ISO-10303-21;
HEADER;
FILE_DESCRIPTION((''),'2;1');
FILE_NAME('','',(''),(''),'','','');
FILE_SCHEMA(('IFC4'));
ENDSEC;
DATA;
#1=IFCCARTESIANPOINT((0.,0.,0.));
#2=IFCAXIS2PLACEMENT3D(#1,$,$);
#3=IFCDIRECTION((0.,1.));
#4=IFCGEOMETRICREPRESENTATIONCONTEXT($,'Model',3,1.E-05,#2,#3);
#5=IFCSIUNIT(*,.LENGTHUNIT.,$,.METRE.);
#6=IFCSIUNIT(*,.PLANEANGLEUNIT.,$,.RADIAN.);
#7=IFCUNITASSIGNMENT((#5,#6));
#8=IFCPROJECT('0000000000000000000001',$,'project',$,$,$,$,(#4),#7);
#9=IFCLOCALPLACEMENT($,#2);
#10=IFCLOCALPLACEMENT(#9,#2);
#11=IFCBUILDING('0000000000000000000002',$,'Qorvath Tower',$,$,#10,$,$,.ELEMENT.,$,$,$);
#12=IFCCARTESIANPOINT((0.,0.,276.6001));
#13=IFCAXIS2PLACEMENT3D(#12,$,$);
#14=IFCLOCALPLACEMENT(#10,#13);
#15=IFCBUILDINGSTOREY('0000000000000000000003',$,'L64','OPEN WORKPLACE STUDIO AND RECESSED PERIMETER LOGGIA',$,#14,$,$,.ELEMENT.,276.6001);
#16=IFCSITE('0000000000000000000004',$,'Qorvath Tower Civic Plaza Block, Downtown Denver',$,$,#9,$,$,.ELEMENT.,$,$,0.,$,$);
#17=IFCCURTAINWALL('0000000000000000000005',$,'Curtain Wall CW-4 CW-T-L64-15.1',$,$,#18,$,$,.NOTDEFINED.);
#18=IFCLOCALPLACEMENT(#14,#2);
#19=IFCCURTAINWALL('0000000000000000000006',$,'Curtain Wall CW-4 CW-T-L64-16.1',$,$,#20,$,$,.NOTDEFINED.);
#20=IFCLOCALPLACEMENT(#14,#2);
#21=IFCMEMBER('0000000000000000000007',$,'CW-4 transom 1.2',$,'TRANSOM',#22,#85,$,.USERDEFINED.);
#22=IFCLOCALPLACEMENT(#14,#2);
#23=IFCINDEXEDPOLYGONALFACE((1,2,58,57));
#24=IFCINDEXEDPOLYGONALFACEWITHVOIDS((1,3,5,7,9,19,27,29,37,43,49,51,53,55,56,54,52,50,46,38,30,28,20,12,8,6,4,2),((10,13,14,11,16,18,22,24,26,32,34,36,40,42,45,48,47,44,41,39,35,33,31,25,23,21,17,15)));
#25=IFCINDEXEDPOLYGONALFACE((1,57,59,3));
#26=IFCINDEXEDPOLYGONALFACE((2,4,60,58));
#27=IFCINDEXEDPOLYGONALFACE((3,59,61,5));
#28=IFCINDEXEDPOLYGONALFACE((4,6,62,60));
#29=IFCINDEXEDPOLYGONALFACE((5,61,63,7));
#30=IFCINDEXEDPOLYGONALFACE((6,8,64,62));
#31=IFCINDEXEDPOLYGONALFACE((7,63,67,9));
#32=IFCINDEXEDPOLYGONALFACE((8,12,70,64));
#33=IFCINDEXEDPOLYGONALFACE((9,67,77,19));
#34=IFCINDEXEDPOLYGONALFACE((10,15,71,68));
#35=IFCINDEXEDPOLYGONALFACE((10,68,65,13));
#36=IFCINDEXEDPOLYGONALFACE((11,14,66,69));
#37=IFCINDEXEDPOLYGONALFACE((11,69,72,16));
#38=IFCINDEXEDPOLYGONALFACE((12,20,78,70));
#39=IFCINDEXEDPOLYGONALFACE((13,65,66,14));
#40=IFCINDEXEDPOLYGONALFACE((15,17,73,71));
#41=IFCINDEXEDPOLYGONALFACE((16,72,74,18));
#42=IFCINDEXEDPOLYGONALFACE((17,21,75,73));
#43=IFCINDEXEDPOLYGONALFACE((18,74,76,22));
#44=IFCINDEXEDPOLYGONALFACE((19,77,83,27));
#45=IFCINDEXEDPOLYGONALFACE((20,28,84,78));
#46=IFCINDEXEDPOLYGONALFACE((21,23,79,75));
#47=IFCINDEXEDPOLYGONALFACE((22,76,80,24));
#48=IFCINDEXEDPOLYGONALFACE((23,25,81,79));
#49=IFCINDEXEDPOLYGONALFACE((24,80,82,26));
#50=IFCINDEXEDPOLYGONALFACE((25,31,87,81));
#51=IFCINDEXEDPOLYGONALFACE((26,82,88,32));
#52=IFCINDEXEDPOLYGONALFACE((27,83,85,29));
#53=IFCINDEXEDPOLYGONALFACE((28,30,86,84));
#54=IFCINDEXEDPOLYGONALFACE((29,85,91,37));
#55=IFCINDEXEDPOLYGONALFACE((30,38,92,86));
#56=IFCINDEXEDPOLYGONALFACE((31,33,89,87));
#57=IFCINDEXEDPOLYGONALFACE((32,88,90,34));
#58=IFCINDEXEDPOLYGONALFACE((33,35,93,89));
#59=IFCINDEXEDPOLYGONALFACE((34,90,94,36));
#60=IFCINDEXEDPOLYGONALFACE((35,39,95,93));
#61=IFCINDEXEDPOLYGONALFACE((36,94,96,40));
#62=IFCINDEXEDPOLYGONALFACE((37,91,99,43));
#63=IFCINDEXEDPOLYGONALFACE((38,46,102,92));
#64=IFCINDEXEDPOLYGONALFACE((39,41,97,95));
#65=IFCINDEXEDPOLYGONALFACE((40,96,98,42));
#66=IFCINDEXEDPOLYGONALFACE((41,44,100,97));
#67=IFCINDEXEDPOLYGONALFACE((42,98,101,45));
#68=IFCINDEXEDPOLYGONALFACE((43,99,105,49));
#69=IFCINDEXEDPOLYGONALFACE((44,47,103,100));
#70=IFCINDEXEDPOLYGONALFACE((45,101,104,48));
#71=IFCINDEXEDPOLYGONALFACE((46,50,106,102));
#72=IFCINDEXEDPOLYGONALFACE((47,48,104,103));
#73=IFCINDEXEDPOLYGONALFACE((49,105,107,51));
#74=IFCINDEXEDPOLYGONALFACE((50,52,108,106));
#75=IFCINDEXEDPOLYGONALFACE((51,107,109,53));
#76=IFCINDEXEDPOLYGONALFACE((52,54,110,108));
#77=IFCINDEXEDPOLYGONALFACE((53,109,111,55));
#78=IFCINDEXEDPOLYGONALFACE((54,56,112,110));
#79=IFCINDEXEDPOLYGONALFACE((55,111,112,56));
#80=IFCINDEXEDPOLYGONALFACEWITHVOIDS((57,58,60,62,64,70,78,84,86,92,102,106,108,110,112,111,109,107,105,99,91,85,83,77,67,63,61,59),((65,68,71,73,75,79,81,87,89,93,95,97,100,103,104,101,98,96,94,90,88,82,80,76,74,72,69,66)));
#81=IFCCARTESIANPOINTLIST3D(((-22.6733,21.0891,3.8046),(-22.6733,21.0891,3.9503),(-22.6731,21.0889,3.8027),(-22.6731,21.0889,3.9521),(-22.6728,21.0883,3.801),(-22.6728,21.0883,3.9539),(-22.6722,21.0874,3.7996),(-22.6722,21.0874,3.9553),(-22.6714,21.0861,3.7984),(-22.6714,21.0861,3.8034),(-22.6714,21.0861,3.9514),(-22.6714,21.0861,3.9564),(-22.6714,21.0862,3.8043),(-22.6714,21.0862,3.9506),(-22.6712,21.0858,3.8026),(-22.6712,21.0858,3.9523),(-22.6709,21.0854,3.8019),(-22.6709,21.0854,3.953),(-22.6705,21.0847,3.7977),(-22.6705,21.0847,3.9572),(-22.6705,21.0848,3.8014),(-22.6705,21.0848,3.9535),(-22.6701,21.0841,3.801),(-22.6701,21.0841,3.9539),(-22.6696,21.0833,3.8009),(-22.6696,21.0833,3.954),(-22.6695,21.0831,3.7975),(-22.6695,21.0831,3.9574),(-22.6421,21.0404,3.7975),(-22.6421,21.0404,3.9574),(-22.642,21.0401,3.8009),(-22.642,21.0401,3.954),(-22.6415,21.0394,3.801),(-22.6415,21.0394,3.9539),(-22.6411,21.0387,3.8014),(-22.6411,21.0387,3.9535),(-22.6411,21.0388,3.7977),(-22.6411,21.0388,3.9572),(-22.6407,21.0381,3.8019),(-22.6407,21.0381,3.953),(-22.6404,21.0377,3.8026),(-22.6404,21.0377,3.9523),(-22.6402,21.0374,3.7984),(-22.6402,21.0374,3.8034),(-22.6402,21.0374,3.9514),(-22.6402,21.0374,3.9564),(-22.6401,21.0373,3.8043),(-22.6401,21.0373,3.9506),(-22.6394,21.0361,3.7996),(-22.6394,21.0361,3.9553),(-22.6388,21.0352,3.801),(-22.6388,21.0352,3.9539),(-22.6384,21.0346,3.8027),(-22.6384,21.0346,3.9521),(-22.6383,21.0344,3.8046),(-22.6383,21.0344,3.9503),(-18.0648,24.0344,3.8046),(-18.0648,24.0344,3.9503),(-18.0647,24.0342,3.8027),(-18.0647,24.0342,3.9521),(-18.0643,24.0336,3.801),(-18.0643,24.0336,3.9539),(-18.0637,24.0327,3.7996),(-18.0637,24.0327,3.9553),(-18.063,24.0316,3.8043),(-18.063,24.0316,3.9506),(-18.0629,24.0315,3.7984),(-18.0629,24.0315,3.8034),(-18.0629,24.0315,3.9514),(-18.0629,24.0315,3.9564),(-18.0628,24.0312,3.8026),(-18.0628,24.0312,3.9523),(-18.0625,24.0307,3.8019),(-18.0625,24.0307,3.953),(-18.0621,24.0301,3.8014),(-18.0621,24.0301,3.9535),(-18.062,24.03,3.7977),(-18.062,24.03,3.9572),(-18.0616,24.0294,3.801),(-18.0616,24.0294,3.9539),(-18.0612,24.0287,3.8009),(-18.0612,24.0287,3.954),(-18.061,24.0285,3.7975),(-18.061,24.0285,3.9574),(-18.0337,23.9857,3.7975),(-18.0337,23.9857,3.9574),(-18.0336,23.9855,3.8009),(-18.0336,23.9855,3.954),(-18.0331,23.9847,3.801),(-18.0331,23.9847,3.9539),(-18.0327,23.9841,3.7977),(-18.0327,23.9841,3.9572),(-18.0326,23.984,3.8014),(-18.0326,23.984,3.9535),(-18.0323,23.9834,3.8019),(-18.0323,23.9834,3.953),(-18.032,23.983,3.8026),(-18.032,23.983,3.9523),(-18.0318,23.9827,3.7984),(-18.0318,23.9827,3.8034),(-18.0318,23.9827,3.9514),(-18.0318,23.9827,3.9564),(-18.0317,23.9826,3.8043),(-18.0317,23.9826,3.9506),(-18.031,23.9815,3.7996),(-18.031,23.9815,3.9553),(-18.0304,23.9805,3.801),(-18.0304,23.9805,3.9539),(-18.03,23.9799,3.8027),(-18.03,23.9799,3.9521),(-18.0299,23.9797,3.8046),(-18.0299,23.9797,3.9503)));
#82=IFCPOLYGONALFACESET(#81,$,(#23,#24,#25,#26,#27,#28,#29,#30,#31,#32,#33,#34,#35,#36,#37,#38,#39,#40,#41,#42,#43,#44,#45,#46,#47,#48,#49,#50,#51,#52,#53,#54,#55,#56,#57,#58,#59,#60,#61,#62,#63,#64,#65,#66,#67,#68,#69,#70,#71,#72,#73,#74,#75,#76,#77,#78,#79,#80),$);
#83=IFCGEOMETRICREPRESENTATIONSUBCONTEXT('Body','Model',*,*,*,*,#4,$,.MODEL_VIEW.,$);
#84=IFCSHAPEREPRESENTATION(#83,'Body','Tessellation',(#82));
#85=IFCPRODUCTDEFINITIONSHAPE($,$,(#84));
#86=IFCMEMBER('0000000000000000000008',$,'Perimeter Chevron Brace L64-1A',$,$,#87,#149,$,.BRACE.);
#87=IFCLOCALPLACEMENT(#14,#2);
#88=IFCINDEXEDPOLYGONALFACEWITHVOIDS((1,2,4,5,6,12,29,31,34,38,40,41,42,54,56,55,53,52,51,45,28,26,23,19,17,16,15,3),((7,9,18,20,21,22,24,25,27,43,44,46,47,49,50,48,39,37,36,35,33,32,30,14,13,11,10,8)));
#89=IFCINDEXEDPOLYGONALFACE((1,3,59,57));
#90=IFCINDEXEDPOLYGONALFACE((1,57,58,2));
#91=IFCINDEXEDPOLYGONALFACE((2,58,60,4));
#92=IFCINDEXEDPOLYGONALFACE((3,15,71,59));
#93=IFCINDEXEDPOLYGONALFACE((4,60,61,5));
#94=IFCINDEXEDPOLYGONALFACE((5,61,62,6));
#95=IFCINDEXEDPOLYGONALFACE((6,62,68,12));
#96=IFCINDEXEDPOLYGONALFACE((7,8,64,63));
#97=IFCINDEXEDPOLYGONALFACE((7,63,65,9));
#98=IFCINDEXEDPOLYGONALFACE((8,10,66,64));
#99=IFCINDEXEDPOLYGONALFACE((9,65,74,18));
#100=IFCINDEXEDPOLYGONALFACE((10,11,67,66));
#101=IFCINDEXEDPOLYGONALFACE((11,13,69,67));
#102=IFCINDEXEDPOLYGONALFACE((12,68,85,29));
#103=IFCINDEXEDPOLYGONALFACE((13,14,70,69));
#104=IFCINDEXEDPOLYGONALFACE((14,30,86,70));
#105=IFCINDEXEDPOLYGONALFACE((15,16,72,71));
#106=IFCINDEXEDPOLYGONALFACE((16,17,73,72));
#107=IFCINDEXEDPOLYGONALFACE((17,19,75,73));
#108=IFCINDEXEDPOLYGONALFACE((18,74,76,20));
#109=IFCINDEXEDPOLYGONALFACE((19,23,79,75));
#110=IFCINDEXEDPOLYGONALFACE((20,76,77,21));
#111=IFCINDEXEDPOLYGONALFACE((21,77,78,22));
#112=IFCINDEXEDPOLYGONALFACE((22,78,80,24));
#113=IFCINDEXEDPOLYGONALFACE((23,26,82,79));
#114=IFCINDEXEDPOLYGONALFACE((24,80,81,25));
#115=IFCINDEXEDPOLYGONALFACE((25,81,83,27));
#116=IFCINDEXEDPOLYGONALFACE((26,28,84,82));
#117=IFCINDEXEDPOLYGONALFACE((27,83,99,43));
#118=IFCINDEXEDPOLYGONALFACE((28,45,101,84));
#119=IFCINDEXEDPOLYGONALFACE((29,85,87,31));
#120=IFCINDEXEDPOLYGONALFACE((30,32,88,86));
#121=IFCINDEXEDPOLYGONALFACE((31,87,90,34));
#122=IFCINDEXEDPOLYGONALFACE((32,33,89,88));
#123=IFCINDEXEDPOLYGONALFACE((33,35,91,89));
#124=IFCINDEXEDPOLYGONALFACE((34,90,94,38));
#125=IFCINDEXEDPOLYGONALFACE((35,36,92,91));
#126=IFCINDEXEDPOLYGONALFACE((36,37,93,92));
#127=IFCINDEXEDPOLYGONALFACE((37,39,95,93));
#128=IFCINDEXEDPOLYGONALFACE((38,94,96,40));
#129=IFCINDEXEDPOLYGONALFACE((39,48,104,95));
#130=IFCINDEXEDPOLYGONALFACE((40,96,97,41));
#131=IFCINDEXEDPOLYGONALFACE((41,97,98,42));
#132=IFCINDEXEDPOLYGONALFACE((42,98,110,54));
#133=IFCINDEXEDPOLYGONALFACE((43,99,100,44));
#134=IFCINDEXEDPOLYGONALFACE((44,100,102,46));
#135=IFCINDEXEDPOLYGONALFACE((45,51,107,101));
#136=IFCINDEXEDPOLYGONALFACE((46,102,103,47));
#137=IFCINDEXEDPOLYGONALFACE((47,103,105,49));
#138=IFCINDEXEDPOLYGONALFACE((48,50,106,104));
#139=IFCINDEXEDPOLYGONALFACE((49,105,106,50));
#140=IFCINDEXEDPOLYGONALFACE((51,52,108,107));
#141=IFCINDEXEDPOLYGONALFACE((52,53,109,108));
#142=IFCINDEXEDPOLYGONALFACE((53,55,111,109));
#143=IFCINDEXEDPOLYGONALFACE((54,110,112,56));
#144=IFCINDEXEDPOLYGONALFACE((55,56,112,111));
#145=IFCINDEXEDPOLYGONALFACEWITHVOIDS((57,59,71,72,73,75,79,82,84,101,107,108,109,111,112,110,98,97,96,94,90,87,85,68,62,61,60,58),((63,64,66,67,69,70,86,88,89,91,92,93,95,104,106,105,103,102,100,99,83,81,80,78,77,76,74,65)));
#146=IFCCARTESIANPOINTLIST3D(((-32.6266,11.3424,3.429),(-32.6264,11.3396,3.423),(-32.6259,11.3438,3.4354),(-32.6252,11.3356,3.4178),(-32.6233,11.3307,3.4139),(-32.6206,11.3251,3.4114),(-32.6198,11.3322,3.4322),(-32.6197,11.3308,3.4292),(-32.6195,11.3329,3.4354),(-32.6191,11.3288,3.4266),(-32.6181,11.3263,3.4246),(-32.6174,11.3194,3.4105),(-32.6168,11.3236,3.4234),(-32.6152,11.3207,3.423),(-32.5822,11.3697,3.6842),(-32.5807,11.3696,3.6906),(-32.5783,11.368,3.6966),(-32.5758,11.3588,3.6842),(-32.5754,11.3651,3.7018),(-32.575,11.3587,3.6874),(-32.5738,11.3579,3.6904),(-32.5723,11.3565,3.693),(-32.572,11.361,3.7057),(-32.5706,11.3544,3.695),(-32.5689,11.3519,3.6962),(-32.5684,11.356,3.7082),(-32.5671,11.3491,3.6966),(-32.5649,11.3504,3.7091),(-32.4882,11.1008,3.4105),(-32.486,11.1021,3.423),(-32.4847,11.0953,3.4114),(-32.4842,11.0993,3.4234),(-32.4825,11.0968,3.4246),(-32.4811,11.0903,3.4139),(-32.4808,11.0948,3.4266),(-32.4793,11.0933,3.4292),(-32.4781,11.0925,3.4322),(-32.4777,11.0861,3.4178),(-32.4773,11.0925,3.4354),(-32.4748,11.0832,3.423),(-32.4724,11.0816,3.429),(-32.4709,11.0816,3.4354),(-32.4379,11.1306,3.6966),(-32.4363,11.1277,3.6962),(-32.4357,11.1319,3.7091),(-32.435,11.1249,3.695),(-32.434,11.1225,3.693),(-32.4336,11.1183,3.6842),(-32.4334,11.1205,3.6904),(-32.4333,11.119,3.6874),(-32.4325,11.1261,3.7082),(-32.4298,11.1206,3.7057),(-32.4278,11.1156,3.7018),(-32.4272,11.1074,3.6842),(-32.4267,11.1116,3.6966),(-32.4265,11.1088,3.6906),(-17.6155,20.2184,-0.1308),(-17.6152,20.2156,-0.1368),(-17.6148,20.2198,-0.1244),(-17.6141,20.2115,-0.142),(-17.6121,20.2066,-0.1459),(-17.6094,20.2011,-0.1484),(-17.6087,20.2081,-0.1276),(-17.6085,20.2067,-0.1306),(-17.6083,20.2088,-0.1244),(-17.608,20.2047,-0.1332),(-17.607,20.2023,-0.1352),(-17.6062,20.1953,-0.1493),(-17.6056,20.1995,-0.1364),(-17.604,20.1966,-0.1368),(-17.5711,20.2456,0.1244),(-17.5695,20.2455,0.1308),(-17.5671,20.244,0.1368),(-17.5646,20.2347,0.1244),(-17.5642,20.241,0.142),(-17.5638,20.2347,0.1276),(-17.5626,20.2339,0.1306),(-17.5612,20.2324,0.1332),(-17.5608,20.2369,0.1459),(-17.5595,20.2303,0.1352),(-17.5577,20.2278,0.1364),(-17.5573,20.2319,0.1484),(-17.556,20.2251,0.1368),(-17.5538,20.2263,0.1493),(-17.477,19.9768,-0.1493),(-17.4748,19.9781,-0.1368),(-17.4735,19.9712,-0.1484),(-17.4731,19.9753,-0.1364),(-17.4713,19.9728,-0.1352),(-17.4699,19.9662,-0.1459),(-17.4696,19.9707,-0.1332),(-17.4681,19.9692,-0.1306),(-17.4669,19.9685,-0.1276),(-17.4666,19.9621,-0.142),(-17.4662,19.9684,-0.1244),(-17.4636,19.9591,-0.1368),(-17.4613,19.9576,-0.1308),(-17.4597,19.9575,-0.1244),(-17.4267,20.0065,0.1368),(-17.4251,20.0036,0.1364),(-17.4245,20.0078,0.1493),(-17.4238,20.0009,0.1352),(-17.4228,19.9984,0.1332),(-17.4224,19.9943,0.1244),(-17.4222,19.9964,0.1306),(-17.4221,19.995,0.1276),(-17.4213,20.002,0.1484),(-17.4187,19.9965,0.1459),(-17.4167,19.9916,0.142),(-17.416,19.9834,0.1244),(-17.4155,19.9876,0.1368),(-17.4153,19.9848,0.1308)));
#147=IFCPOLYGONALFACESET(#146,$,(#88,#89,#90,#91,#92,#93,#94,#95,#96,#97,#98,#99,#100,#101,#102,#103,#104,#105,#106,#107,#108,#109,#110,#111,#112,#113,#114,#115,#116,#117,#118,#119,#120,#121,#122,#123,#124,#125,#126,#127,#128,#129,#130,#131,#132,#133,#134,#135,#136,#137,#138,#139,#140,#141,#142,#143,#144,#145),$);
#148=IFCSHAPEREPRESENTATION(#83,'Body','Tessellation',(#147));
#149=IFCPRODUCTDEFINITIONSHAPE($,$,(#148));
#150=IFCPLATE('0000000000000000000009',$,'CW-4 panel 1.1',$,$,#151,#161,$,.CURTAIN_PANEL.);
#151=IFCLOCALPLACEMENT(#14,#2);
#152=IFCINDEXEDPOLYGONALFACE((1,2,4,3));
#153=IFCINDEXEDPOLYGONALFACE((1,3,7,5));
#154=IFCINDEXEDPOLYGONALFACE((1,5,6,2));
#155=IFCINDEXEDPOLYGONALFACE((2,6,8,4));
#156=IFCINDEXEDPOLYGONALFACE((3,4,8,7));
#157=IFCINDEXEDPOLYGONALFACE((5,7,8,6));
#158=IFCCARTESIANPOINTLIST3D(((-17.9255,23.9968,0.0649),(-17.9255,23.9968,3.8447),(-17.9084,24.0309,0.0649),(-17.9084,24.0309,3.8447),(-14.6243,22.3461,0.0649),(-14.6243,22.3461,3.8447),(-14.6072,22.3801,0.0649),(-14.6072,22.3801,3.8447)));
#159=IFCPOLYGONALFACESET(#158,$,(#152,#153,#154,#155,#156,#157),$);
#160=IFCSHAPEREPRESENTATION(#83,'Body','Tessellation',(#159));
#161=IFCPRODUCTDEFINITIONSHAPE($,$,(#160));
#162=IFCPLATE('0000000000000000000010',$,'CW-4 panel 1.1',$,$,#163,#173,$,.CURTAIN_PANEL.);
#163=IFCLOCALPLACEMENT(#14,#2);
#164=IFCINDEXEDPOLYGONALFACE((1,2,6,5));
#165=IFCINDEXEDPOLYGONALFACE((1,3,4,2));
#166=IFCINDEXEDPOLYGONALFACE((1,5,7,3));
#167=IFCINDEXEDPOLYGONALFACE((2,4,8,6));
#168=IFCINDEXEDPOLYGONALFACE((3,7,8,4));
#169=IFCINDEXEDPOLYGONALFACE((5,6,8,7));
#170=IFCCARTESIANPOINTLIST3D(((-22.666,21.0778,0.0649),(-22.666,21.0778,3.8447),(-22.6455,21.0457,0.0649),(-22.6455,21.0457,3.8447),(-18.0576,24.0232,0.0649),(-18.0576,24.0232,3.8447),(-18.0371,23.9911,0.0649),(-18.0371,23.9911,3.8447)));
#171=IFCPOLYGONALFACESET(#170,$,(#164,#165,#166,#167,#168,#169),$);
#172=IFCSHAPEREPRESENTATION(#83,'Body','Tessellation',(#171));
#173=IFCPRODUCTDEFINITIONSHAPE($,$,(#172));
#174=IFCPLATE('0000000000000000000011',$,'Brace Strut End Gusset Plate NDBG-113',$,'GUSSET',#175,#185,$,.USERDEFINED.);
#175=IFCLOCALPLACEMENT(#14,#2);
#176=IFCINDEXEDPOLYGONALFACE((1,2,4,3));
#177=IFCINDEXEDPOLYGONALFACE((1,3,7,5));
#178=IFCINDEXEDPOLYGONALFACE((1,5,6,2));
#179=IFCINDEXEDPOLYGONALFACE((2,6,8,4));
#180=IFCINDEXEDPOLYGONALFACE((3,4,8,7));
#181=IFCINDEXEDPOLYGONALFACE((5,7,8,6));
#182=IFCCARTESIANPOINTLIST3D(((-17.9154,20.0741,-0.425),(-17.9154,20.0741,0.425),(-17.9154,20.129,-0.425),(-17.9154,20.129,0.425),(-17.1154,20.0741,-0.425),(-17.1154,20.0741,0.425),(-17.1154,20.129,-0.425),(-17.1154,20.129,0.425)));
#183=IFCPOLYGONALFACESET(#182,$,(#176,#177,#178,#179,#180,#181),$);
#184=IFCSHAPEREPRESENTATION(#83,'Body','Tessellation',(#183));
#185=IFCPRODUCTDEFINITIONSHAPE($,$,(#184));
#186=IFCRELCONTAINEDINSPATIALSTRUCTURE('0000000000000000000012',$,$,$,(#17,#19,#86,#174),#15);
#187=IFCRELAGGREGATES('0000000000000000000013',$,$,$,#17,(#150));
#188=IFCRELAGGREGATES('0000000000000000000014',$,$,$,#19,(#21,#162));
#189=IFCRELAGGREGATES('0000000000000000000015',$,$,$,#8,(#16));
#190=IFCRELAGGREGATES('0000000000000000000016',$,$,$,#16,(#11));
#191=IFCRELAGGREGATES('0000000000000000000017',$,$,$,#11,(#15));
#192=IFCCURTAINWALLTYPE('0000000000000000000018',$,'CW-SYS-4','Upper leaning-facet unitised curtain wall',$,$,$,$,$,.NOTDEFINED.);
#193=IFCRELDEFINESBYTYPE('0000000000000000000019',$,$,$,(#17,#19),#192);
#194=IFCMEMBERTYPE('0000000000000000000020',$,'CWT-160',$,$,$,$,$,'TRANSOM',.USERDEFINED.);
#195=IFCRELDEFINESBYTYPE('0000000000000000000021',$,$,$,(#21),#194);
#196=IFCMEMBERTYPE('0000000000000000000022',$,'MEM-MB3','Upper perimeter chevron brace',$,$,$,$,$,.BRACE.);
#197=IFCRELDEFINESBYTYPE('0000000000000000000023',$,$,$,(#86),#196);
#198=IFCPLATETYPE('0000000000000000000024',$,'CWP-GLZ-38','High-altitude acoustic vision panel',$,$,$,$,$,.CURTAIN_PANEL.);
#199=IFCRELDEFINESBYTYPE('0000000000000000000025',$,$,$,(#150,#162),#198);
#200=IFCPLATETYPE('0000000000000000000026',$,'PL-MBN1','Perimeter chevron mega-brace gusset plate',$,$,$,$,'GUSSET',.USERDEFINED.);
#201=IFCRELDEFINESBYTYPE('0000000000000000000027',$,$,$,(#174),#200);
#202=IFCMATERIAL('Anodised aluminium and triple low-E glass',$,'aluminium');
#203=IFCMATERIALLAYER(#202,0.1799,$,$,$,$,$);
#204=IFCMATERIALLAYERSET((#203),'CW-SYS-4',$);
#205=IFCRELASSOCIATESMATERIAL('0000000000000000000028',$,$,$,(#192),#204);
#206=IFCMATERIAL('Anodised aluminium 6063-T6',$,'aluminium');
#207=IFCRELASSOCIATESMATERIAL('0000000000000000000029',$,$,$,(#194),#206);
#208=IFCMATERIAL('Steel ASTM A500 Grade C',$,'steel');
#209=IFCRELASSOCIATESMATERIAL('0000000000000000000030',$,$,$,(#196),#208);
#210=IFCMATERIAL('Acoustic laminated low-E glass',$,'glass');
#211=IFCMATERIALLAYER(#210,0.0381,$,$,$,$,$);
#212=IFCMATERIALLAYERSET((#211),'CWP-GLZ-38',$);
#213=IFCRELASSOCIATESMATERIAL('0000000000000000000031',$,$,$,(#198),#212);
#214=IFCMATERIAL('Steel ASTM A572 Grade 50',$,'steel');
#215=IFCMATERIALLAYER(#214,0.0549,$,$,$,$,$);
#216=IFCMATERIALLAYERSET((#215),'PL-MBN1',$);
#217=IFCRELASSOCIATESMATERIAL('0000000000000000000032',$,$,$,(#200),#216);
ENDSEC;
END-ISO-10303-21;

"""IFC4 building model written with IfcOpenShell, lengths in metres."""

from ifc_helpers import new_model, si_unit, direction, frame, origin, origin_2d, place, context, subcontext, project, spatial, rectangle, hollow_rectangle, extrude, material, layer, layer_set, material_profile, profile_set, type_object, element, aggregate, save


model = new_model("IFC4")

# Units and contexts
model_context = context("Model", 3, precision=1e-05, world=origin(), true_north=direction((0.0, 1.0)))
body_context = subcontext(model_context, "Body", "Model", "MODEL_VIEW")
ifc_project = project(units=[si_unit("LENGTHUNIT", "METRE"), si_unit("PLANEANGLEUNIT", "RADIAN")], contexts=[model_context])

# Site, building, storey
site_placement = place(None, origin())
site = spatial("IfcSite", under=ifc_project, at=site_placement, Name="Qorvath Tower Civic Plaza Block, Downtown Denver", CompositionType="ELEMENT", RefElevation=0.0)
building_placement = place(site_placement, origin())
building = spatial("IfcBuilding", under=site, at=building_placement, Name="Qorvath Tower", CompositionType="ELEMENT")
storey_placement = place(building_placement, frame((0.0, 0.0, 276.6001)))
storey = spatial("IfcBuildingStorey", under=building, at=storey_placement, Name="L64", Description="OPEN WORKPLACE STUDIO AND RECESSED PERIMETER LOGGIA", CompositionType="ELEMENT", Elevation=276.6001)

# Shared definitions
ifc_material_1 = material(Name="Anodised aluminium and triple low-E glass", Category="aluminium")
ifc_layer_1 = layer(ifc_material_1, 0.1799)
ifc_layer_set_1 = layer_set([ifc_layer_1], Name="CW-SYS-4")
curtain_wall_type = type_object("IfcCurtainWallType", Name="CW-SYS-4", Description="Upper leaning-facet unitised curtain wall", PredefinedType="NOTDEFINED", material=ifc_layer_set_1)

# Curtain wall
curtain_wall_1_placement = place(storey_placement, origin())
curtain_wall_1 = element("IfcCurtainWall", 1, at=curtain_wall_1_placement, inside=storey, type_object=curtain_wall_type, Name="Curtain Wall CW-4 CW-T-L64-15.1", PredefinedType="NOTDEFINED")

# Curtain wall
curtain_wall_2_placement = place(storey_placement, origin())
curtain_wall_2 = element("IfcCurtainWall", 2, at=curtain_wall_2_placement, inside=storey, type_object=curtain_wall_type, Name="Curtain Wall CW-4 CW-T-L64-16.1", PredefinedType="NOTDEFINED")

# Members
ifc_material_2 = material(Name="Anodised aluminium 6063-T6", Category="aluminium")
ifc_material_profile_1 = material_profile(ifc_material_2, hollow_rectangle(XDim=0.0649, YDim=0.1599, WallThickness=0.0034, InnerFilletRadius=0.0034, OuterFilletRadius=0.0071, at=origin_2d()), Name="CWT 160x65")
ifc_profile_set_1 = profile_set([ifc_material_profile_1], Name="Anodised aluminium 6063-T6")
member_type_1 = type_object("IfcMemberType", Name="CWT-160", ElementType="TRANSOM", PredefinedType="USERDEFINED", material=ifc_profile_set_1)
member_1_placement = place(storey_placement, frame((-18.0474, 24.0071, 3.8774), z_axis=(-0.842608, -0.538527, 0.0), x_axis=(0.538527, -0.842608, 0.0)))
member_1 = element("IfcMember", 3, at=member_1_placement, type_object=member_type_1, Name="CW-4 transom 1.2", ObjectType="TRANSOM", PredefinedType="USERDEFINED", context=body_context, shape_type="SweptSolid", body=[
    extrude(hollow_rectangle(XDim=0.0649, YDim=0.1599, WallThickness=0.0034, InnerFilletRadius=0.0034, OuterFilletRadius=0.0071, at=origin_2d()), origin(), (0.0, 0.0, 1.0), 5.4692),
])
ifc_material_3 = material(Name="Steel ASTM A500 Grade C", Category="steel")
ifc_material_profile_2 = material_profile(ifc_material_3, hollow_rectangle(XDim=0.3047, YDim=0.3047, WallThickness=0.0127, InnerFilletRadius=0.0127, OuterFilletRadius=0.0254, at=origin_2d()), Name="HSS 305x305x12.7")
ifc_profile_set_2 = profile_set([ifc_material_profile_2], Name="Steel ASTM A500 Grade C")
member_type_2 = type_object("IfcMemberType", Name="MEM-MB3", Description="Upper perimeter chevron brace", PredefinedType="BRACE", material=ifc_profile_set_2)
member_2_placement = place(storey_placement, frame((-17.5154, 20.1016, 0.0), z_axis=(-0.843391, -0.498688, 0.200005), x_axis=(0.508972, -0.860783, 0.0)))
element("IfcMember", 4, at=member_2_placement, inside=storey, type_object=member_type_2, Name="Perimeter Chevron Brace L64-1A", PredefinedType="BRACE", context=body_context, shape_type="SweptSolid", body=[
    extrude(hollow_rectangle(XDim=0.3047, YDim=0.3047, WallThickness=0.0127, InnerFilletRadius=0.0127, OuterFilletRadius=0.0254, at=origin_2d()), origin(), (0.0, 0.0, 1.0), 17.7986),
])

# Plates
ifc_material_4 = material(Name="Acoustic laminated low-E glass", Category="glass")
ifc_layer_2 = layer(ifc_material_4, 0.0381)
ifc_layer_set_2 = layer_set([ifc_layer_2], Name="CWP-GLZ-38")
plate_type_1 = type_object("IfcPlateType", Name="CWP-GLZ-38", Description="High-altitude acoustic vision panel", PredefinedType="CURTAIN_PANEL", material=ifc_layer_set_2)
plate_1_placement = place(storey_placement, frame((-16.2664, 23.1885, 0.0649), z_axis=(0.0, 0.0, 1.0), x_axis=(-0.894412, 0.447245, 0.0)))
plate_1 = element("IfcPlate", 5, at=plate_1_placement, type_object=plate_type_1, Name="CW-4 panel 1.1", PredefinedType="CURTAIN_PANEL", context=body_context, shape_type="SweptSolid", body=[
    extrude(rectangle(XDim=3.6909, YDim=0.0381, at=origin_2d()), origin(), (0.0, 0.0, 1.0), 3.7798),
])
aggregate(curtain_wall_1, [plate_1])
plate_2_placement = place(storey_placement, frame((-20.3516, 22.5344, 0.0649), z_axis=(0.0, 0.0, 1.0), x_axis=(-0.842604, -0.538534, 0.0)))
plate_2 = element("IfcPlate", 6, at=plate_2_placement, type_object=plate_type_1, Name="CW-4 panel 1.1", PredefinedType="CURTAIN_PANEL", context=body_context, shape_type="SweptSolid", body=[
    extrude(rectangle(XDim=5.4692, YDim=0.0381, at=origin_2d()), origin(), (0.0, 0.0, 1.0), 3.7798),
])
aggregate(curtain_wall_2, [member_1, plate_2])
ifc_material_5 = material(Name="Steel ASTM A572 Grade 50", Category="steel")
ifc_layer_3 = layer(ifc_material_5, 0.0549)
ifc_layer_set_3 = layer_set([ifc_layer_3], Name="PL-MBN1")
plate_type_2 = type_object("IfcPlateType", Name="PL-MBN1", Description="Perimeter chevron mega-brace gusset plate", ElementType="GUSSET", PredefinedType="USERDEFINED", material=ifc_layer_set_3)
plate_3_placement = place(storey_placement, frame((-17.5154, 20.1016, -0.425), z_axis=(0.0, 0.0, 1.0), x_axis=(1.0, 0.0, 0.0)))
element("IfcPlate", 7, at=plate_3_placement, inside=storey, type_object=plate_type_2, Name="Brace Strut End Gusset Plate NDBG-113", ObjectType="GUSSET", PredefinedType="USERDEFINED", context=body_context, shape_type="SweptSolid", body=[
    extrude(rectangle(XDim=0.8, YDim=0.0549, at=origin_2d()), origin(), (0.0, 0.0, 1.0), 0.8501),
])

save(model, "model.ifc")
